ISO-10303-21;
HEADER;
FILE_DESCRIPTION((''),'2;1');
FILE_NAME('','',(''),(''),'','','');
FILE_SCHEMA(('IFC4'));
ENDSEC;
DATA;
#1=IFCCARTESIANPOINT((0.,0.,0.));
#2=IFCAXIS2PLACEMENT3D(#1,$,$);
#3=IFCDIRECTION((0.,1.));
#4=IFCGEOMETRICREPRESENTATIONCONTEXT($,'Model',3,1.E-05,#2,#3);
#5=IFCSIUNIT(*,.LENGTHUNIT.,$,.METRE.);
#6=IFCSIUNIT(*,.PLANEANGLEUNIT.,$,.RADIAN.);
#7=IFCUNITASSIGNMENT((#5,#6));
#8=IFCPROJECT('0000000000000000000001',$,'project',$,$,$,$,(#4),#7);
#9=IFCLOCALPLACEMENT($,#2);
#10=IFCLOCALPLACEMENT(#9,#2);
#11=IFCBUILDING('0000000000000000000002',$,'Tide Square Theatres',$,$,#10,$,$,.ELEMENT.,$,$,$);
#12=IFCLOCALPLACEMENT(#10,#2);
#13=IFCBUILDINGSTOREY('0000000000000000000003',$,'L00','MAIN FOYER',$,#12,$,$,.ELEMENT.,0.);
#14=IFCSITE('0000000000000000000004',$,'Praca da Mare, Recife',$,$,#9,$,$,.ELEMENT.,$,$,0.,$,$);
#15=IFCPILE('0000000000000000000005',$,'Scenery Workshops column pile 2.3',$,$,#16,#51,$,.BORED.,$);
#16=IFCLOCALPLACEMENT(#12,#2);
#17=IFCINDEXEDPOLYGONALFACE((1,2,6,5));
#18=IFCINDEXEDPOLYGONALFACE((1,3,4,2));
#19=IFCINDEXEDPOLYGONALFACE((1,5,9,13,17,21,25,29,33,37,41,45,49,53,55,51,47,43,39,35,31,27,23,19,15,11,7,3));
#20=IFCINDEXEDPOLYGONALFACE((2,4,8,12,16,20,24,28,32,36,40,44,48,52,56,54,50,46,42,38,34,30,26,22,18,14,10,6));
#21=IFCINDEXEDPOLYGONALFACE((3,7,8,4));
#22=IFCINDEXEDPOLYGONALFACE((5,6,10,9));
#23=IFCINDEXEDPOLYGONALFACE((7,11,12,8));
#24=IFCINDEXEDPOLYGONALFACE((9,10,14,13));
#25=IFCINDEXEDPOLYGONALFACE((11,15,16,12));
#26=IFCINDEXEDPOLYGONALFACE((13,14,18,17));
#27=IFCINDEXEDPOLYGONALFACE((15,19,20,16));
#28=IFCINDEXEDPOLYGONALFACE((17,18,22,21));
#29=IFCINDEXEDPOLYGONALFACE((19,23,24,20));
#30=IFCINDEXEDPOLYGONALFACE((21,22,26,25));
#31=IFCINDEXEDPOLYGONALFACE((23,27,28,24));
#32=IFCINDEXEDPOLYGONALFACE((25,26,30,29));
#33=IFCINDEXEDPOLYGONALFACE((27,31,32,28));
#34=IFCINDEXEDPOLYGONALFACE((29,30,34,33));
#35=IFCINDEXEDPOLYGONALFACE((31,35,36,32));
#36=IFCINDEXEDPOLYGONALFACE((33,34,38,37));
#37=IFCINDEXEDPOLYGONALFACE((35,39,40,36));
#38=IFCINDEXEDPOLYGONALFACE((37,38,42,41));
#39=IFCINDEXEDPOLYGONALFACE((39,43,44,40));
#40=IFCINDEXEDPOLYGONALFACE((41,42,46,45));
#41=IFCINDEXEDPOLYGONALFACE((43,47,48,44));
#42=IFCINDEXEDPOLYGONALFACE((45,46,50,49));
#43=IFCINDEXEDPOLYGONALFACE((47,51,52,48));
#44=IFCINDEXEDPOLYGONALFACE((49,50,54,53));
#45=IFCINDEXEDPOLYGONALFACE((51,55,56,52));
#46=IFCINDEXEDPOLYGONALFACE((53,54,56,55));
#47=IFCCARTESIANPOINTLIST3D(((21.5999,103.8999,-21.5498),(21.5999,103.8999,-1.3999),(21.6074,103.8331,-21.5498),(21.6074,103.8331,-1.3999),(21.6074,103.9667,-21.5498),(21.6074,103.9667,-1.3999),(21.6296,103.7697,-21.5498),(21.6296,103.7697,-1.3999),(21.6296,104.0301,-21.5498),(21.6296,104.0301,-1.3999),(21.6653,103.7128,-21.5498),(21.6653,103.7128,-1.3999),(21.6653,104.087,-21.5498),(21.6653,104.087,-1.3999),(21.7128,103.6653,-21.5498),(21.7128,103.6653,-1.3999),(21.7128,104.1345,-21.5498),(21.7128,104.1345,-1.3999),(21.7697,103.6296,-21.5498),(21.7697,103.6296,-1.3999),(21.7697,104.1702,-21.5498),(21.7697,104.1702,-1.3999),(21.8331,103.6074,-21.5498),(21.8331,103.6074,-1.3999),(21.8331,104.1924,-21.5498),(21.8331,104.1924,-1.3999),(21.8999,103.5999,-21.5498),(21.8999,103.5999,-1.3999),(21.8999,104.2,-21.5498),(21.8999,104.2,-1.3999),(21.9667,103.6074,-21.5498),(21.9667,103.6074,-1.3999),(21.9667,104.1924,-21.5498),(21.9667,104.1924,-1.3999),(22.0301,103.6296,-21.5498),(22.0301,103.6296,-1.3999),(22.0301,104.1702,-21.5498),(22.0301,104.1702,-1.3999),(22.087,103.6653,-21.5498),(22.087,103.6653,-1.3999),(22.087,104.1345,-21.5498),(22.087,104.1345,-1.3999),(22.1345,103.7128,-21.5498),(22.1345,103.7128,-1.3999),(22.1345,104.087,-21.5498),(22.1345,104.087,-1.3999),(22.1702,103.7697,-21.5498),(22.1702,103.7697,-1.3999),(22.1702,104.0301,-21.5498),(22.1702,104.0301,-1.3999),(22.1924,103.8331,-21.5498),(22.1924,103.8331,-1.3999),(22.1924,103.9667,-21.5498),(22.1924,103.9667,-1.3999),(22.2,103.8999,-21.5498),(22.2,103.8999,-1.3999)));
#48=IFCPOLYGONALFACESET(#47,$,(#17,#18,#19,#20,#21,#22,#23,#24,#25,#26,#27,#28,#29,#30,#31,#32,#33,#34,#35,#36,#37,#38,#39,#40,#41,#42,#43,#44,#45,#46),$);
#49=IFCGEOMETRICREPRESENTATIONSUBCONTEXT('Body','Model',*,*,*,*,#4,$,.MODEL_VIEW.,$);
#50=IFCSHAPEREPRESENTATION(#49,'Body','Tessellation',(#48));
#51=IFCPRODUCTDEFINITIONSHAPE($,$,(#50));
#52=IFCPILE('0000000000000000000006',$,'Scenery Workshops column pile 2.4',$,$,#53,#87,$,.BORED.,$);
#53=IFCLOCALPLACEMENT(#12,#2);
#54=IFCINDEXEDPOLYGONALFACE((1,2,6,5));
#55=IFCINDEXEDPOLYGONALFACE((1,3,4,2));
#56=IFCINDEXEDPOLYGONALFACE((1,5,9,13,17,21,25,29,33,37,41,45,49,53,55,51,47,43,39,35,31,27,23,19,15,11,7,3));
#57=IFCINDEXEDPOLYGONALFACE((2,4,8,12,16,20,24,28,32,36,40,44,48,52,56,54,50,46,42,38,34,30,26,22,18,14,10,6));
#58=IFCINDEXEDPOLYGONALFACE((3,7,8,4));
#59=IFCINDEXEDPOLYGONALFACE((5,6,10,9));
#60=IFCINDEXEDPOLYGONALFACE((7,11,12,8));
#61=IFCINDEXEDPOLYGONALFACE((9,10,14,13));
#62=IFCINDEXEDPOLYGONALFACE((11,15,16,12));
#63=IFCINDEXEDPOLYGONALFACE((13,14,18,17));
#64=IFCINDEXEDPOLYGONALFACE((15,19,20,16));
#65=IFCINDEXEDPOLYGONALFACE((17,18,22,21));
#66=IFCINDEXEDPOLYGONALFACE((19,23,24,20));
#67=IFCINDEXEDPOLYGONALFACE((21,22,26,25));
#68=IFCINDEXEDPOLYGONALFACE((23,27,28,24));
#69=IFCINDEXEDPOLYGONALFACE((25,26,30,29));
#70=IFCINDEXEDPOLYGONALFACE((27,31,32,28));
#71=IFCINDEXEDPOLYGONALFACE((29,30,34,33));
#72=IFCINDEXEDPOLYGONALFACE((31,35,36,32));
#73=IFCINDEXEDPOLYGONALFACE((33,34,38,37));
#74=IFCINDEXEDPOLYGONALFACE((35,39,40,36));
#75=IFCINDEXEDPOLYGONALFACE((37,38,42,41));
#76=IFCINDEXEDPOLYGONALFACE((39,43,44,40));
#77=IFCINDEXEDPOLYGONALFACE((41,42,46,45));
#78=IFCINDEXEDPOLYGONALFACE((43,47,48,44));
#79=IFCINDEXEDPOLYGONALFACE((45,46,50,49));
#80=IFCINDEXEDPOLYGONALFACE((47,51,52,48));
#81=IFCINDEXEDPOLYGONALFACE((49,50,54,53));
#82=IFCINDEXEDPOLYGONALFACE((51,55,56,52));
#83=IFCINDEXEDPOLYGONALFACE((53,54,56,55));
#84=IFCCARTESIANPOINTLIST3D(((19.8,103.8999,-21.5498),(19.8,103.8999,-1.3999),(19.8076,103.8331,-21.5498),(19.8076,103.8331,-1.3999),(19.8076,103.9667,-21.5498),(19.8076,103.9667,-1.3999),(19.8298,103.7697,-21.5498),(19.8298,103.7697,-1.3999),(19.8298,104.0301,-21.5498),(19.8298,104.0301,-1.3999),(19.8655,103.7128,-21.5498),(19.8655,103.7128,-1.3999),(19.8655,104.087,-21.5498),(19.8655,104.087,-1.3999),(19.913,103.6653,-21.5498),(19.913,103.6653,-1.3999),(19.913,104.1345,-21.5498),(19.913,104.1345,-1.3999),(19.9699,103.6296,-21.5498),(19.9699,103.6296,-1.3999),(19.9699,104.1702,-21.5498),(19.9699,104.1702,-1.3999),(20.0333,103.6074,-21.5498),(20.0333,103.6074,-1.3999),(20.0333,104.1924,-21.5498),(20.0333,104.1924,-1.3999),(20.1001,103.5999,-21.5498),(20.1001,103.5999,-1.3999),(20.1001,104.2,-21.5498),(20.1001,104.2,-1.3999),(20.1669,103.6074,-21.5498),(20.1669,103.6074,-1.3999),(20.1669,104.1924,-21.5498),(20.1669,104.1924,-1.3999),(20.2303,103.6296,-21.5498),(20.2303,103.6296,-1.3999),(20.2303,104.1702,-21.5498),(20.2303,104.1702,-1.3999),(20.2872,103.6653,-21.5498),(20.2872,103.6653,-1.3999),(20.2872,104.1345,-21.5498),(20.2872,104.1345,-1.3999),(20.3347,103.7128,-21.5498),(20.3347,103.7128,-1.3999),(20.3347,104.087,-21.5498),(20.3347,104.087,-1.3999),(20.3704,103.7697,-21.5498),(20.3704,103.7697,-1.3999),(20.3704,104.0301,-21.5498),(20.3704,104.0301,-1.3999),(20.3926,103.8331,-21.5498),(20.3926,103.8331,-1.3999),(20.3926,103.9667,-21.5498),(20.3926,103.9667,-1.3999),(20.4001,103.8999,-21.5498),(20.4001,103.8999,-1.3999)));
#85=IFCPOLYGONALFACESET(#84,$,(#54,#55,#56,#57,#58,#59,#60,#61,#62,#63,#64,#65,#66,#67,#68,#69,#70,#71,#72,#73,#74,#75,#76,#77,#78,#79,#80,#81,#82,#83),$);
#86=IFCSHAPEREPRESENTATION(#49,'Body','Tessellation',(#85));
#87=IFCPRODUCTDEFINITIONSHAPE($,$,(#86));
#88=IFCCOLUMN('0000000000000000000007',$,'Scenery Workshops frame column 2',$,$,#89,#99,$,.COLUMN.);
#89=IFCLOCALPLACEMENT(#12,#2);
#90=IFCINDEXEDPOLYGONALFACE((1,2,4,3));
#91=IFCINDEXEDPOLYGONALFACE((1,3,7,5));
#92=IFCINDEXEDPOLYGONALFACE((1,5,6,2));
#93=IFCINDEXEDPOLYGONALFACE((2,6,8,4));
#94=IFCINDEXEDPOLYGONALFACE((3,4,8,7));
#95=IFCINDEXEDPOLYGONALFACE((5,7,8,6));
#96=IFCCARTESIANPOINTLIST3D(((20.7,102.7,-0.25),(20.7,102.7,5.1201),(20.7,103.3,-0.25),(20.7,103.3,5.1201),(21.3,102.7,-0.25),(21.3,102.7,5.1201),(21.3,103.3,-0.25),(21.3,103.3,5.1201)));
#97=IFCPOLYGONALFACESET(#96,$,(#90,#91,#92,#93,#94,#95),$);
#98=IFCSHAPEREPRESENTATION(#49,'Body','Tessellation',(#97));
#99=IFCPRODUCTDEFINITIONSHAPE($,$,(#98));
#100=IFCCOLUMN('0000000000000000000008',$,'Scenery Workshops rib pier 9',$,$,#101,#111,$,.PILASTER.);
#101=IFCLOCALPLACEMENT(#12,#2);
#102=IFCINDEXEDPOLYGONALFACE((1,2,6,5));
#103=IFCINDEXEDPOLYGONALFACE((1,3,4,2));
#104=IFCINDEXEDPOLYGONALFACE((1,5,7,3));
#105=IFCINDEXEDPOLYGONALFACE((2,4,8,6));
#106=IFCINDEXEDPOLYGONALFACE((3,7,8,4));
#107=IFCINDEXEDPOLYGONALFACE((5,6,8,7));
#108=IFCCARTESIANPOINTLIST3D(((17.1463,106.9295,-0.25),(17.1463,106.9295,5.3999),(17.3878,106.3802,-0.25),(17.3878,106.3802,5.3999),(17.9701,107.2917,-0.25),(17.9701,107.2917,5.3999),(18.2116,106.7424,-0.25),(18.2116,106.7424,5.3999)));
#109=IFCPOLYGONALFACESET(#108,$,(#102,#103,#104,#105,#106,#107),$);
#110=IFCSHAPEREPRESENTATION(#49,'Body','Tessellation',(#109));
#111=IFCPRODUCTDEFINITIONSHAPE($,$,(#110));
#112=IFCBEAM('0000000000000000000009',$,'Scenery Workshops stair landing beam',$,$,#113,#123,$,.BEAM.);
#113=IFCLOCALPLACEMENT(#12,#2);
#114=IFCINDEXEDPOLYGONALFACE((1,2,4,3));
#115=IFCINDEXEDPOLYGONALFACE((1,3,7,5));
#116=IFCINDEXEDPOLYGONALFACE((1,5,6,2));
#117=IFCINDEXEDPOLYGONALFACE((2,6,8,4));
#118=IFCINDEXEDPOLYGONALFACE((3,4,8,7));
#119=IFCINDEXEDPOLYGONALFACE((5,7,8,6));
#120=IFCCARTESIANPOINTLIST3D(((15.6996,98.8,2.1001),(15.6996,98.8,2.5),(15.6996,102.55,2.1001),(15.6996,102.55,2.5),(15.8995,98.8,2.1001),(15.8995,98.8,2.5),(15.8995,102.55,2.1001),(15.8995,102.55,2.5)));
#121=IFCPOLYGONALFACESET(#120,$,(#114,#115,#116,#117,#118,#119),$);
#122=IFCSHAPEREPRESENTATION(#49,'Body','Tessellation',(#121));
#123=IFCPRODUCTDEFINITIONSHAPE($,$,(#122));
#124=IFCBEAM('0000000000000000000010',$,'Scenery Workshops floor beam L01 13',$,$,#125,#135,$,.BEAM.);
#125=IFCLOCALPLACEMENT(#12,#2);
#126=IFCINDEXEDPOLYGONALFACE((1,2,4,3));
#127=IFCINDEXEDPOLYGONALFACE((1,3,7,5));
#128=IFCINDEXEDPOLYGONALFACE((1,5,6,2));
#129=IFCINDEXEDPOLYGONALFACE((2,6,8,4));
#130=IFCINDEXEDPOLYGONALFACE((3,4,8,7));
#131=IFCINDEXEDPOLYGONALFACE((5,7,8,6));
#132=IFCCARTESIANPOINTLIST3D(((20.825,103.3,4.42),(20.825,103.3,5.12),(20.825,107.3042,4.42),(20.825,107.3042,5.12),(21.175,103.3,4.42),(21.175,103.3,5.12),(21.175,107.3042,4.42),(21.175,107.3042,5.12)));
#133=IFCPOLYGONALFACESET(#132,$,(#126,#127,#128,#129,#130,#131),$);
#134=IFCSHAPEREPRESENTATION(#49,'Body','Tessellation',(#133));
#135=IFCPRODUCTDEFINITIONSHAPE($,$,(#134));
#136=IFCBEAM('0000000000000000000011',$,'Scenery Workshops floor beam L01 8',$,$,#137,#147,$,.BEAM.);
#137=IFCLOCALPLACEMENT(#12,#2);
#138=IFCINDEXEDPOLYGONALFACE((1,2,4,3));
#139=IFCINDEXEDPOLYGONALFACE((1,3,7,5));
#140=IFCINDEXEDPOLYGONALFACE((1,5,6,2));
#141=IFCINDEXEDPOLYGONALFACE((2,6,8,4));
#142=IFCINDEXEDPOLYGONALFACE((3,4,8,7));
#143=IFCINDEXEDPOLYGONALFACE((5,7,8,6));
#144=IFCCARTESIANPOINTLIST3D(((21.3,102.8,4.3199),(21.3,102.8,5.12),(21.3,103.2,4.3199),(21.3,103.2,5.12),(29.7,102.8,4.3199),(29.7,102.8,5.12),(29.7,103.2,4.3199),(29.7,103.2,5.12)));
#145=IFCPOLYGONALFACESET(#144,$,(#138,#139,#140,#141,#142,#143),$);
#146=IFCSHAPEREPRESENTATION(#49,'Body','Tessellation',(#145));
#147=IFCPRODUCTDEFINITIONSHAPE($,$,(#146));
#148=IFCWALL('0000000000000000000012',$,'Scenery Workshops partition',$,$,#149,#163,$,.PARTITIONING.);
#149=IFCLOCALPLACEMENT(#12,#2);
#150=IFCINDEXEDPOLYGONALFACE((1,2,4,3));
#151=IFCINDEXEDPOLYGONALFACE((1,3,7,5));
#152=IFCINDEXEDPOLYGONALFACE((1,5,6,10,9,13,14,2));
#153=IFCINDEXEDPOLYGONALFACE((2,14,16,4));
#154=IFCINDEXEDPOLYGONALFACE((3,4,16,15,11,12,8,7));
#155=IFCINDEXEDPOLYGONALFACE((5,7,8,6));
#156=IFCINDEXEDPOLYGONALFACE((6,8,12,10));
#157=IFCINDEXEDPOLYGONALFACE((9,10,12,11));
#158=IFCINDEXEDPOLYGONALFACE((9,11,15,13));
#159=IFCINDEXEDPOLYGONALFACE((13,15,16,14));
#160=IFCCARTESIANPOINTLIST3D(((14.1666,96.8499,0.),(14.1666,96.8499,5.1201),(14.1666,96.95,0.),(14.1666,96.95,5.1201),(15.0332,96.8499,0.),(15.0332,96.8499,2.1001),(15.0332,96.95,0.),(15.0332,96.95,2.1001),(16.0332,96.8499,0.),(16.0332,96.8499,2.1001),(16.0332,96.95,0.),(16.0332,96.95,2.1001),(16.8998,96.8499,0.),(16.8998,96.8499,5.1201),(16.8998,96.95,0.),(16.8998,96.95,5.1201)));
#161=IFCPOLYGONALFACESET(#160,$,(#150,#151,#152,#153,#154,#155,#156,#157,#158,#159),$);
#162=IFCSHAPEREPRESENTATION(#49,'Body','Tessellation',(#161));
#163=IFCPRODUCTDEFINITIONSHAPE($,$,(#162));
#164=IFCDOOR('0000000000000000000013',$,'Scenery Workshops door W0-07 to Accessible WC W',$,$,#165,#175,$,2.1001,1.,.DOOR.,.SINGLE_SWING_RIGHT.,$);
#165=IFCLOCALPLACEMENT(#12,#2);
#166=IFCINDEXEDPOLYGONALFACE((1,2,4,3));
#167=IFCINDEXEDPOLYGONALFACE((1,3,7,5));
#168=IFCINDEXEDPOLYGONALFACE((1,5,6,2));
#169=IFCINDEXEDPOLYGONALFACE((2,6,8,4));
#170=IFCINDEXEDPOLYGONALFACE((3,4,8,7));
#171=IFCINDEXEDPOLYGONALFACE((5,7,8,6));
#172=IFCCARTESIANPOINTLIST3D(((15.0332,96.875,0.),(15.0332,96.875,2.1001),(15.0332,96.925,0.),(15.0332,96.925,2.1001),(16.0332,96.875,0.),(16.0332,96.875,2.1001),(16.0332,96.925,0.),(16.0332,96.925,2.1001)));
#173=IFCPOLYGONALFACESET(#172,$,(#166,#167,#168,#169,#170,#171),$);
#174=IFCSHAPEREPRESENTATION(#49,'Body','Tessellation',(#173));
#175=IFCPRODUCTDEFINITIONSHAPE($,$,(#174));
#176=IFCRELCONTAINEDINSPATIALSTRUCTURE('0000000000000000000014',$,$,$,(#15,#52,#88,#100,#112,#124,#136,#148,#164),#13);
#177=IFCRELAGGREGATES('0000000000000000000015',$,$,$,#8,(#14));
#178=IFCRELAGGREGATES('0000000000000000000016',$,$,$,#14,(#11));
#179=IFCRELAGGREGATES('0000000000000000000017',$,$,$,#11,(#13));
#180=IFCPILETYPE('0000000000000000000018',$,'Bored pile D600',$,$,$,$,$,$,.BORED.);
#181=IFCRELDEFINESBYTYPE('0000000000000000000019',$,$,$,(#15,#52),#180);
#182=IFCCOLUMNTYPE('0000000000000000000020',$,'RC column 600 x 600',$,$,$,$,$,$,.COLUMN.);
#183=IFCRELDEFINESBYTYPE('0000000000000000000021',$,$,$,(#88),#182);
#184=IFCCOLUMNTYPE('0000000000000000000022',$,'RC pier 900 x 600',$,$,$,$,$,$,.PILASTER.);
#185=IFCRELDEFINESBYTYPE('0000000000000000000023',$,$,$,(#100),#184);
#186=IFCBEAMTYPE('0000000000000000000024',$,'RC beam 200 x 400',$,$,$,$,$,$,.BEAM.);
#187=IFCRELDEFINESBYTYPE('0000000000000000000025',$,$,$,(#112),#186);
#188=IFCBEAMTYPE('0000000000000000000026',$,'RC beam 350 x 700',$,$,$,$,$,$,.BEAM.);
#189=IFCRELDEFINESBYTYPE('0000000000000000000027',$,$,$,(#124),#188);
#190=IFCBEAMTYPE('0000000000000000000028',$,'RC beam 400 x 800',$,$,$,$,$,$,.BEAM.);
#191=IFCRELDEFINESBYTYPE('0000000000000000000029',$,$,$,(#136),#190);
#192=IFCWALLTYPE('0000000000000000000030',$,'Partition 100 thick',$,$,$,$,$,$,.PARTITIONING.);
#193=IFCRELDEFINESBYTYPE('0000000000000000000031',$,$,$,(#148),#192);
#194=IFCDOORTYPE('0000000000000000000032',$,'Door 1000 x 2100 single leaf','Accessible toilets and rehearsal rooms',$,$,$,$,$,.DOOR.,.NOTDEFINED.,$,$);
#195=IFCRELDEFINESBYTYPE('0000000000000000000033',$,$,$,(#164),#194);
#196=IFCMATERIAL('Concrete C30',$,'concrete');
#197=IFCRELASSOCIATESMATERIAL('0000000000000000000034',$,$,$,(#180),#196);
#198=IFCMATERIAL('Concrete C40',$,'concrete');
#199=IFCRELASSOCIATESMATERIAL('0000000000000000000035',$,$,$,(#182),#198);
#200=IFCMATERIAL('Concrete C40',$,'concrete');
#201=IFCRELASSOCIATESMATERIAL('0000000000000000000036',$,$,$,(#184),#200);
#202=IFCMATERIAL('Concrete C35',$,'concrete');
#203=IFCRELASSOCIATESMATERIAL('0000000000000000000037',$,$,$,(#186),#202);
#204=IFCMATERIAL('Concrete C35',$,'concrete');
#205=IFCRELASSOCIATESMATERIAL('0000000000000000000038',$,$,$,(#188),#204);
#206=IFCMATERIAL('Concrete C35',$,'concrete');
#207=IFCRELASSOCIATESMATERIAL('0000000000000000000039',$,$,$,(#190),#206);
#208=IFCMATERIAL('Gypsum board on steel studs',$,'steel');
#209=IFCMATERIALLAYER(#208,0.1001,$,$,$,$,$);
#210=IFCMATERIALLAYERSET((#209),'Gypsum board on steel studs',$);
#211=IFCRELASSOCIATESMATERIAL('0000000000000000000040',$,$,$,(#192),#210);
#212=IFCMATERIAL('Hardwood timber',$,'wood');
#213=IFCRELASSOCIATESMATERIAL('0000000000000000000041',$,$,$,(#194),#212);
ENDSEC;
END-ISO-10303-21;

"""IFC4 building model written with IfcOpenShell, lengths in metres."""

from ifc_helpers import new_model, si_unit, direction, frame, frame_2d, origin, origin_2d, place, context, subcontext, project, spatial, rectangle, circle, extrude, material, layer, layer_set, material_profile, profile_set, type_object, element, fill, save


model = new_model("IFC4")

# Units and contexts
model_context = context("Model", 3, precision=1e-05, world=origin(), true_north=direction((0.0, 1.0)))
body_context = subcontext(model_context, "Body", "Model", "MODEL_VIEW")
ifc_project = project(units=[si_unit("LENGTHUNIT", "METRE"), si_unit("PLANEANGLEUNIT", "RADIAN")], contexts=[model_context])

# Site, building, storey
site_placement = place(None, origin())
site = spatial("IfcSite", under=ifc_project, at=site_placement, Name="Praca da Mare, Recife", CompositionType="ELEMENT", RefElevation=0.0)
building_placement = place(site_placement, origin())
building = spatial("IfcBuilding", under=site, at=building_placement, Name="Tide Square Theatres", CompositionType="ELEMENT")
storey_placement = place(building_placement, origin())
storey = spatial("IfcBuildingStorey", under=building, at=storey_placement, Name="L00", Description="MAIN FOYER", CompositionType="ELEMENT", Elevation=0.0)

# Piles
ifc_material_1 = material(Name="Concrete C30", Category="concrete")
ifc_material_profile_1 = material_profile(ifc_material_1, circle(Radius=0.3, at=origin_2d()))
ifc_profile_set_1 = profile_set([ifc_material_profile_1], Name="Concrete C30")
pile_type = type_object("IfcPileType", Name="Bored pile D600", PredefinedType="BORED", material=ifc_profile_set_1)
for number, where, z_axis, x_axis, name in (
    (1, (21.8999, 103.8999, -1.3999), (0.0, 0.0, -1.0), (1.0, 0.0, 0.0), "Scenery Workshops column pile 2.3"),
    (2, (20.1001, 103.8999, -1.3999), (0.0, 0.0, -1.0), (1.0, 0.0, 0.0), "Scenery Workshops column pile 2.4"),
):
    element("IfcPile", number, at=place(storey_placement, frame(where, z_axis=z_axis, x_axis=x_axis)), inside=storey, type_object=pile_type, Name=name, PredefinedType="BORED", context=body_context, shape_type="SweptSolid", body=[
        extrude(circle(Radius=0.3, at=origin_2d()), origin(), (0.0, 0.0, 1.0), 20.1499),
    ])

# Columns
ifc_material_2 = material(Name="Concrete C40", Category="concrete")
ifc_material_profile_2 = material_profile(ifc_material_2, rectangle(XDim=0.6001, YDim=0.6001, at=origin_2d()))
ifc_profile_set_2 = profile_set([ifc_material_profile_2], Name="Concrete C40")
column_type_1 = type_object("IfcColumnType", Name="RC column 600 x 600", PredefinedType="COLUMN", material=ifc_profile_set_2)
column_1_placement = place(storey_placement, frame((21.0, 103.0, -0.25), z_axis=(0.0, 0.0, 1.0), x_axis=(1.0, 0.0, 0.0)))
element("IfcColumn", 3, at=column_1_placement, inside=storey, type_object=column_type_1, Name="Scenery Workshops frame column 2", PredefinedType="COLUMN", context=body_context, shape_type="SweptSolid", body=[
    extrude(rectangle(XDim=0.6001, YDim=0.6001, at=origin_2d()), origin(), (0.0, 0.0, 1.0), 5.3701),
])
ifc_material_3 = material(Name="Concrete C40", Category="concrete")
ifc_material_profile_3 = material_profile(ifc_material_3, rectangle(XDim=0.8999, YDim=0.6001, at=origin_2d()))
ifc_profile_set_3 = profile_set([ifc_material_profile_3], Name="Concrete C40")
column_type_2 = type_object("IfcColumnType", Name="RC pier 900 x 600", PredefinedType="PILASTER", material=ifc_profile_set_3)
column_2_placement = place(storey_placement, frame((17.679, 106.8359, -0.25), z_axis=(0.0, 0.0, 1.0), x_axis=(-0.915419, -0.402502, 0.0)))
element("IfcColumn", 4, at=column_2_placement, inside=storey, type_object=column_type_2, Name="Scenery Workshops rib pier 9", PredefinedType="PILASTER", context=body_context, shape_type="SweptSolid", body=[
    extrude(rectangle(XDim=0.8999, YDim=0.6001, at=origin_2d()), origin(), (0.0, 0.0, 1.0), 5.6499),
])

# Beams
ifc_material_4 = material(Name="Concrete C35", Category="concrete")
ifc_material_profile_4 = material_profile(ifc_material_4, rectangle(XDim=0.2, YDim=0.3999, at=origin_2d()))
ifc_profile_set_4 = profile_set([ifc_material_profile_4], Name="Concrete C35")
beam_type_1 = type_object("IfcBeamType", Name="RC beam 200 x 400", PredefinedType="BEAM", material=ifc_profile_set_4)
beam_1_placement = place(storey_placement, frame((15.7996, 98.8, 2.3), z_axis=(0.0, 1.0, 0.0), x_axis=(-1.0, 0.0, 0.0)))
element("IfcBeam", 5, at=beam_1_placement, inside=storey, type_object=beam_type_1, Name="Scenery Workshops stair landing beam", PredefinedType="BEAM", context=body_context, shape_type="SweptSolid", body=[
    extrude(rectangle(XDim=0.2, YDim=0.3999, at=origin_2d()), origin(), (0.0, 0.0, 1.0), 3.75),
])
ifc_material_5 = material(Name="Concrete C35", Category="concrete")
ifc_material_profile_5 = material_profile(ifc_material_5, rectangle(XDim=0.3501, YDim=0.7, at=origin_2d()))
ifc_profile_set_5 = profile_set([ifc_material_profile_5], Name="Concrete C35")
beam_type_2 = type_object("IfcBeamType", Name="RC beam 350 x 700", PredefinedType="BEAM", material=ifc_profile_set_5)
beam_2_placement = place(storey_placement, frame((21.0, 103.3, 4.77), z_axis=(0.0, 1.0, 0.0), x_axis=(-1.0, 0.0, 0.0)))
element("IfcBeam", 6, at=beam_2_placement, inside=storey, type_object=beam_type_2, Name="Scenery Workshops floor beam L01 13", PredefinedType="BEAM", context=body_context, shape_type="SweptSolid", body=[
    extrude(rectangle(XDim=0.3501, YDim=0.7, at=origin_2d()), origin(), (0.0, 0.0, 1.0), 4.0042),
])
ifc_material_6 = material(Name="Concrete C35", Category="concrete")
ifc_material_profile_6 = material_profile(ifc_material_6, rectangle(XDim=0.3999, YDim=0.8, at=origin_2d()))
ifc_profile_set_6 = profile_set([ifc_material_profile_6], Name="Concrete C35")
beam_type_3 = type_object("IfcBeamType", Name="RC beam 400 x 800", PredefinedType="BEAM", material=ifc_profile_set_6)
beam_3_placement = place(storey_placement, frame((21.3, 103.0, 4.72), z_axis=(1.0, 0.0, 0.0), x_axis=(0.0, 1.0, 0.0)))
element("IfcBeam", 7, at=beam_3_placement, inside=storey, type_object=beam_type_3, Name="Scenery Workshops floor beam L01 8", PredefinedType="BEAM", context=body_context, shape_type="SweptSolid", body=[
    extrude(rectangle(XDim=0.3999, YDim=0.8, at=origin_2d()), origin(), (0.0, 0.0, 1.0), 8.3999),
])

# Wall, opening, door
ifc_material_7 = material(Name="Gypsum board on steel studs", Category="steel")
ifc_layer_1 = layer(ifc_material_7, 0.1001)
ifc_layer_set_1 = layer_set([ifc_layer_1], Name="Gypsum board on steel studs")
wall_type_1 = type_object("IfcWallType", Name="Partition 100 thick", PredefinedType="PARTITIONING", material=ifc_layer_set_1)
wall_1_placement = place(storey_placement, frame((16.8999, 96.8999, 0.0), z_axis=(0.0, 0.0, 1.0), x_axis=(-1.0, 0.0, 0.0)))
wall_1 = element("IfcWall", 8, at=wall_1_placement, inside=storey, type_object=wall_type_1, Name="Scenery Workshops partition", PredefinedType="PARTITIONING", context=body_context, shape_type="SweptSolid", body=[
    extrude(rectangle(XDim=2.7332, YDim=0.1001, at=frame_2d((1.3667, 0.0))), origin(), (0.0, 0.0, 1.0), 5.1201),
])
opening_1_placement = place(wall_1_placement, frame((0.8667, 0.0, 0.0)))
opening_1 = element("IfcOpeningElement", 9, at=opening_1_placement, cuts=wall_1, PredefinedType="OPENING", context=body_context, shape_type="SweptSolid", body=[
    extrude(rectangle(XDim=1.0, YDim=2.1001, at=frame_2d((0.5, 1.05))), frame((0.0, 0.0601, 0.0), z_axis=(0.0, -1.0, 0.0), x_axis=(1.0, 0.0, 0.0)), (0.0, 0.0, 1.0), 0.1201),
])
ifc_material_8 = material(Name="Hardwood timber", Category="wood")
door_type_1 = type_object("IfcDoorType", Name="Door 1000 x 2100 single leaf", Description="Accessible toilets and rehearsal rooms", OperationType="NOTDEFINED", PredefinedType="DOOR", material=ifc_material_8)
door_1_placement = place(opening_1_placement, origin())
door_1 = element("IfcDoor", 10, at=door_1_placement, inside=storey, type_object=door_type_1, Name="Scenery Workshops door W0-07 to Accessible WC W", OperationType="SINGLE_SWING_RIGHT", OverallHeight=2.1001, OverallWidth=1.0, PredefinedType="DOOR", context=body_context, shape_type="SweptSolid", body=[
    extrude(rectangle(XDim=1.0, YDim=2.1001, at=frame_2d((0.5, 1.05))), frame((0.0, 0.0249, 0.0), z_axis=(0.0, -1.0, 0.0), x_axis=(1.0, 0.0, 0.0)), (0.0, 0.0, 1.0), 0.05),
])
fill(opening_1, door_1)

save(model, "model.ifc")
